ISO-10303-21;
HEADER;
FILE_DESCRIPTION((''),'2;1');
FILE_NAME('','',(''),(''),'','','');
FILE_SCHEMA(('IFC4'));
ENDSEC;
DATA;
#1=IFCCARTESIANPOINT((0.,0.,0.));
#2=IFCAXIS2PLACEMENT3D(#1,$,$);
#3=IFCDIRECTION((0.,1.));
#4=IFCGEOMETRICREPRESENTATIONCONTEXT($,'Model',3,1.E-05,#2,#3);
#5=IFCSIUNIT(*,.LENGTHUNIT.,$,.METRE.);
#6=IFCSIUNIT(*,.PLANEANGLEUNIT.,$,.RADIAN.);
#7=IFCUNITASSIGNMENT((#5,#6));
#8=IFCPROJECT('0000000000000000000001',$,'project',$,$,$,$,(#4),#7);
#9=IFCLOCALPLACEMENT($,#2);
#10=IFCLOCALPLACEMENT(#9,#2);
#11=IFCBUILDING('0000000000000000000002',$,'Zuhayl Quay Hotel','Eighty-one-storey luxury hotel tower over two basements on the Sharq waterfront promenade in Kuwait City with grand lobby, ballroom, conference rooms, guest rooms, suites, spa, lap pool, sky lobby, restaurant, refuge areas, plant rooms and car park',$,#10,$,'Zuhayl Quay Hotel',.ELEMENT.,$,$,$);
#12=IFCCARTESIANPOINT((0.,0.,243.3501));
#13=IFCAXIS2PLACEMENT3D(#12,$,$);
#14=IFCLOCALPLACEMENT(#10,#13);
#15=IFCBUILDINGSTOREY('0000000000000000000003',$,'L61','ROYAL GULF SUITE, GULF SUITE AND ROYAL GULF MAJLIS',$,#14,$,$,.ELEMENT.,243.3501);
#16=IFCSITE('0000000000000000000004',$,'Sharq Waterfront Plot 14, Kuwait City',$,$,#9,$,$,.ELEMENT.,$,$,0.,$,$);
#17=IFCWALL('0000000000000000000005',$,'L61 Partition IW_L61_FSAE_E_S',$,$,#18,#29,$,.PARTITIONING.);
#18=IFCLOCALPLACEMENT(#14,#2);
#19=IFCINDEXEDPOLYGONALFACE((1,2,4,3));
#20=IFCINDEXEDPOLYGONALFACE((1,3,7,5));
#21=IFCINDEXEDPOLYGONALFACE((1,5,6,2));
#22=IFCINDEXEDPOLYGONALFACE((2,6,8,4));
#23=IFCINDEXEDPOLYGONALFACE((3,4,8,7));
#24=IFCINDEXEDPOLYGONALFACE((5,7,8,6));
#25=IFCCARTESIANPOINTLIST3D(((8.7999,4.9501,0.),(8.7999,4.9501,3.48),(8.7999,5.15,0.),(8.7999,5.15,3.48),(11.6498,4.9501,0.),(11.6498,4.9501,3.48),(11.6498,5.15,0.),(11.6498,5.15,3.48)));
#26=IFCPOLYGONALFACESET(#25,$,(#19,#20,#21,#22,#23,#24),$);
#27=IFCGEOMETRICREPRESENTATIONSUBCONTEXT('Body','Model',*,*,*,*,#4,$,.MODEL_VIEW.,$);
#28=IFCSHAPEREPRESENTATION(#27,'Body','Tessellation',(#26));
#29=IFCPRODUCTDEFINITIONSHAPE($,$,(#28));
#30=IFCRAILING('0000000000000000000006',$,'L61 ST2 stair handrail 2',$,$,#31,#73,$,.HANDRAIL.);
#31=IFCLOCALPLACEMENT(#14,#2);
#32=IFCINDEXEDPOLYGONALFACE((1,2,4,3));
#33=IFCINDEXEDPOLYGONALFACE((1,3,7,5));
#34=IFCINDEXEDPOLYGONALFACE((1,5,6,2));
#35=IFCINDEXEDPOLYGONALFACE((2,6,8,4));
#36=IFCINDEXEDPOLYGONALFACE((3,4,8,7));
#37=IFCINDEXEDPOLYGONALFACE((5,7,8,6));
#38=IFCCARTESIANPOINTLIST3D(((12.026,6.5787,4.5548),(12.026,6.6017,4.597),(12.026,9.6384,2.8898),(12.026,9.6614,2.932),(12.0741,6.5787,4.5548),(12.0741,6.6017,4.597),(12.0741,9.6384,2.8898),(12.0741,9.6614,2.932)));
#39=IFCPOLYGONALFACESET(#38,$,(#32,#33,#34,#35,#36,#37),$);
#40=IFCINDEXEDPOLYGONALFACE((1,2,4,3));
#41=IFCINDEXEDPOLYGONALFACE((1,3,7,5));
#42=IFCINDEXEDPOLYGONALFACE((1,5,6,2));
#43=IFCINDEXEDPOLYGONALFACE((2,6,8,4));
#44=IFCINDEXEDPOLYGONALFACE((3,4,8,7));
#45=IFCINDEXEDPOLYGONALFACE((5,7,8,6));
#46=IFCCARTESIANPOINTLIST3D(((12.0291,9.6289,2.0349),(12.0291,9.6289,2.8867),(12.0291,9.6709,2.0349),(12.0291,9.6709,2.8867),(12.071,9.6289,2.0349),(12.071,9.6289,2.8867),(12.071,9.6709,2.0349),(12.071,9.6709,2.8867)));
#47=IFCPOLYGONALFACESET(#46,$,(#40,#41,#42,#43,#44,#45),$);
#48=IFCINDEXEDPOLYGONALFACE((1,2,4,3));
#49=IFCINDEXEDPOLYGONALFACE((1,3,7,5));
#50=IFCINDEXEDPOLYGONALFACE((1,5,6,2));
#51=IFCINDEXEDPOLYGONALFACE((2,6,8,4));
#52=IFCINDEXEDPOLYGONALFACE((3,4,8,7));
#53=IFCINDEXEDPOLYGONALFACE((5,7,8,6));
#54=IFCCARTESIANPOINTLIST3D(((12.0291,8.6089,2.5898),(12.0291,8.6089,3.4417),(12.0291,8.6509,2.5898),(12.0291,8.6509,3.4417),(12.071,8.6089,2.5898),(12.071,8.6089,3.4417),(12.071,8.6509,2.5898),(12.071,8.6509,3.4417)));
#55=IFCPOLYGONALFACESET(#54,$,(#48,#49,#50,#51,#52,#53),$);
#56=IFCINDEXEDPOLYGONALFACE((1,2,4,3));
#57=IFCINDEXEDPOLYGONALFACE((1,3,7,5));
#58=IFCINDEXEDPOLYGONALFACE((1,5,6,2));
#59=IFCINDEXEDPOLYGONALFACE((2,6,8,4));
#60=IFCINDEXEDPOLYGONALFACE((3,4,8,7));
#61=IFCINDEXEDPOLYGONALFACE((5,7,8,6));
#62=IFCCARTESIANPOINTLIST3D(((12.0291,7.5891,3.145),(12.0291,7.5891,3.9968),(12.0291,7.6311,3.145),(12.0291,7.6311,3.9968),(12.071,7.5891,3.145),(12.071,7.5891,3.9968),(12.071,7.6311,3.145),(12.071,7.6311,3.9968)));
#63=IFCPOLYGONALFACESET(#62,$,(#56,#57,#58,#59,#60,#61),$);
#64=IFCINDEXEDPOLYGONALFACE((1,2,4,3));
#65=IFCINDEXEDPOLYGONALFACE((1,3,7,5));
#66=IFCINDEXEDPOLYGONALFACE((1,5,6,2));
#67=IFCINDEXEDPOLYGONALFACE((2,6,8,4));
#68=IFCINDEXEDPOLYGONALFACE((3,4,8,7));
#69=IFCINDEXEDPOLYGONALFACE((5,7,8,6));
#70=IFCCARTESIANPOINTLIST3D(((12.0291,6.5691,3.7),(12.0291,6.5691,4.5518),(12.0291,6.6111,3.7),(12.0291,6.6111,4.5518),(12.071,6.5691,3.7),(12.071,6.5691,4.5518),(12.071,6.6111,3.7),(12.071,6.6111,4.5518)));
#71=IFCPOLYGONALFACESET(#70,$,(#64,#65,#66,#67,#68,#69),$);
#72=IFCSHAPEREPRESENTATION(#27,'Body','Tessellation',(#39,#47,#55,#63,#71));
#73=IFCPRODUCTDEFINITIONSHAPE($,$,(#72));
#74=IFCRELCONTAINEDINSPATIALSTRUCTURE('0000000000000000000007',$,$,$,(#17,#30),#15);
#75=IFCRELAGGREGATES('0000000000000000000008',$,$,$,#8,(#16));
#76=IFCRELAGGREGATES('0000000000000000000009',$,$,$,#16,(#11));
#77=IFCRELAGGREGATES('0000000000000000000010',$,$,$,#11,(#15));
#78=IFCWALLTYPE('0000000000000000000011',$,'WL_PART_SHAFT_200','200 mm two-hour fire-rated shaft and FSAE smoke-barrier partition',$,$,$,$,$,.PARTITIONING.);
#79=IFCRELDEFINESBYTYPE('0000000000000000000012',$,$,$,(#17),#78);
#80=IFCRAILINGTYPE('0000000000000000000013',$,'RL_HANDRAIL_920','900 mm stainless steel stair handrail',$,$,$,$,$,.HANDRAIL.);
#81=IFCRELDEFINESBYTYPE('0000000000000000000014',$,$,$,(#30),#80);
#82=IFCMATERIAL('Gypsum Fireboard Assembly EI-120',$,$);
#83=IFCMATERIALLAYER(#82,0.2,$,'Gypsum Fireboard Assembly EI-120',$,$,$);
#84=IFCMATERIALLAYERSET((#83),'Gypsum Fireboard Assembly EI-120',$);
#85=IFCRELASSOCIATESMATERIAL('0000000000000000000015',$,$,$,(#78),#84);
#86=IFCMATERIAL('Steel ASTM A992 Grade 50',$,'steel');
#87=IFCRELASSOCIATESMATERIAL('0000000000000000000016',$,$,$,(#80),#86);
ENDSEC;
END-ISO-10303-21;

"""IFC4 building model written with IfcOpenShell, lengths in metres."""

from ifc_helpers import new_model, si_unit, direction, frame, frame_2d, origin, origin_2d, place, context, subcontext, project, spatial, rectangle, extrude, material, layer, layer_set, type_object, element, save


model = new_model("IFC4")

# Units and contexts
model_context = context("Model", 3, precision=1e-05, world=origin(), true_north=direction((0.0, 1.0)))
body_context = subcontext(model_context, "Body", "Model", "MODEL_VIEW")
ifc_project = project(units=[si_unit("LENGTHUNIT", "METRE"), si_unit("PLANEANGLEUNIT", "RADIAN")], contexts=[model_context])

# Site, building, storey
site_placement = place(None, origin())
site = spatial("IfcSite", under=ifc_project, at=site_placement, Name="Sharq Waterfront Plot 14, Kuwait City", CompositionType="ELEMENT", RefElevation=0.0)
building_placement = place(site_placement, origin())
building = spatial("IfcBuilding", under=site, at=building_placement, Name="Zuhayl Quay Hotel", Description="Eighty-one-storey luxury hotel tower over two basements on the Sharq waterfront promenade in Kuwait City with grand lobby, ballroom, conference rooms, guest rooms, suites, spa, lap pool, sky lobby, restaurant, refuge areas, plant rooms and car park", LongName="Zuhayl Quay Hotel", CompositionType="ELEMENT")
storey_placement = place(building_placement, frame((0.0, 0.0, 243.3501)))
storey = spatial("IfcBuildingStorey", under=building, at=storey_placement, Name="L61", Description="ROYAL GULF SUITE, GULF SUITE AND ROYAL GULF MAJLIS", CompositionType="ELEMENT", Elevation=243.3501)

# Shared definitions
ifc_material_1 = material(Name="Gypsum Fireboard Assembly EI-120")
ifc_layer_1 = layer(ifc_material_1, 0.2, Name="Gypsum Fireboard Assembly EI-120")
ifc_layer_set_1 = layer_set([ifc_layer_1], Name="Gypsum Fireboard Assembly EI-120")
wall_type_1 = type_object("IfcWallType", Name="WL_PART_SHAFT_200", Description="200 mm two-hour fire-rated shaft and FSAE smoke-barrier partition", PredefinedType="PARTITIONING", material=ifc_layer_set_1)
ifc_material_2 = material(Name="Steel ASTM A992 Grade 50", Category="steel")

# Wall
wall_1_placement = place(storey_placement, frame((8.8, 5.05, 0.0), z_axis=(0.0, 0.0, 1.0), x_axis=(1.0, 0.0, 0.0)))
element("IfcWall", 1, at=wall_1_placement, inside=storey, type_object=wall_type_1, Name="L61 Partition IW_L61_FSAE_E_S", PredefinedType="PARTITIONING", context=body_context, shape_type="SweptSolid", body=[
    extrude(rectangle(XDim=2.8499, YDim=0.2, at=frame_2d((1.4248, 0.0))), origin(), (0.0, 0.0, 1.0), 3.48),
])

# Railing
railing_type = type_object("IfcRailingType", Name="RL_HANDRAIL_920", Description="900 mm stainless steel stair handrail", PredefinedType="HANDRAIL", material=ifc_material_2)
railing_placement = place(storey_placement, frame((12.05, 9.6499, 2.0349)))
element("IfcRailing", 2, at=railing_placement, inside=storey, type_object=railing_type, Name="L61 ST2 stair handrail 2", PredefinedType="HANDRAIL", context=body_context, shape_type="SweptSolid", body=[
    extrude(rectangle(XDim=0.0481, YDim=0.0481, at=origin_2d()), frame((0.0, 0.0, 0.876), z_axis=(0.0, -0.878372, 0.477978), x_axis=(1.0, 0.0, 0.0)), (0.0, 0.0, 1.0), 3.4834),
    extrude(rectangle(XDim=0.042, YDim=0.042, at=origin_2d()), origin(), (0.0, 0.0, 1.0), 0.8518),
    extrude(rectangle(XDim=0.042, YDim=0.042, at=origin_2d()), frame((0.0, -1.02, 0.5549)), (0.0, 0.0, 1.0), 0.8518),
    extrude(rectangle(XDim=0.042, YDim=0.042, at=origin_2d()), frame((0.0, -2.0398, 1.1101)), (0.0, 0.0, 1.0), 0.8518),
    extrude(rectangle(XDim=0.042, YDim=0.042, at=origin_2d()), frame((0.0, -3.0598, 1.665)), (0.0, 0.0, 1.0), 0.8518),
])

save(model, "model.ifc")
